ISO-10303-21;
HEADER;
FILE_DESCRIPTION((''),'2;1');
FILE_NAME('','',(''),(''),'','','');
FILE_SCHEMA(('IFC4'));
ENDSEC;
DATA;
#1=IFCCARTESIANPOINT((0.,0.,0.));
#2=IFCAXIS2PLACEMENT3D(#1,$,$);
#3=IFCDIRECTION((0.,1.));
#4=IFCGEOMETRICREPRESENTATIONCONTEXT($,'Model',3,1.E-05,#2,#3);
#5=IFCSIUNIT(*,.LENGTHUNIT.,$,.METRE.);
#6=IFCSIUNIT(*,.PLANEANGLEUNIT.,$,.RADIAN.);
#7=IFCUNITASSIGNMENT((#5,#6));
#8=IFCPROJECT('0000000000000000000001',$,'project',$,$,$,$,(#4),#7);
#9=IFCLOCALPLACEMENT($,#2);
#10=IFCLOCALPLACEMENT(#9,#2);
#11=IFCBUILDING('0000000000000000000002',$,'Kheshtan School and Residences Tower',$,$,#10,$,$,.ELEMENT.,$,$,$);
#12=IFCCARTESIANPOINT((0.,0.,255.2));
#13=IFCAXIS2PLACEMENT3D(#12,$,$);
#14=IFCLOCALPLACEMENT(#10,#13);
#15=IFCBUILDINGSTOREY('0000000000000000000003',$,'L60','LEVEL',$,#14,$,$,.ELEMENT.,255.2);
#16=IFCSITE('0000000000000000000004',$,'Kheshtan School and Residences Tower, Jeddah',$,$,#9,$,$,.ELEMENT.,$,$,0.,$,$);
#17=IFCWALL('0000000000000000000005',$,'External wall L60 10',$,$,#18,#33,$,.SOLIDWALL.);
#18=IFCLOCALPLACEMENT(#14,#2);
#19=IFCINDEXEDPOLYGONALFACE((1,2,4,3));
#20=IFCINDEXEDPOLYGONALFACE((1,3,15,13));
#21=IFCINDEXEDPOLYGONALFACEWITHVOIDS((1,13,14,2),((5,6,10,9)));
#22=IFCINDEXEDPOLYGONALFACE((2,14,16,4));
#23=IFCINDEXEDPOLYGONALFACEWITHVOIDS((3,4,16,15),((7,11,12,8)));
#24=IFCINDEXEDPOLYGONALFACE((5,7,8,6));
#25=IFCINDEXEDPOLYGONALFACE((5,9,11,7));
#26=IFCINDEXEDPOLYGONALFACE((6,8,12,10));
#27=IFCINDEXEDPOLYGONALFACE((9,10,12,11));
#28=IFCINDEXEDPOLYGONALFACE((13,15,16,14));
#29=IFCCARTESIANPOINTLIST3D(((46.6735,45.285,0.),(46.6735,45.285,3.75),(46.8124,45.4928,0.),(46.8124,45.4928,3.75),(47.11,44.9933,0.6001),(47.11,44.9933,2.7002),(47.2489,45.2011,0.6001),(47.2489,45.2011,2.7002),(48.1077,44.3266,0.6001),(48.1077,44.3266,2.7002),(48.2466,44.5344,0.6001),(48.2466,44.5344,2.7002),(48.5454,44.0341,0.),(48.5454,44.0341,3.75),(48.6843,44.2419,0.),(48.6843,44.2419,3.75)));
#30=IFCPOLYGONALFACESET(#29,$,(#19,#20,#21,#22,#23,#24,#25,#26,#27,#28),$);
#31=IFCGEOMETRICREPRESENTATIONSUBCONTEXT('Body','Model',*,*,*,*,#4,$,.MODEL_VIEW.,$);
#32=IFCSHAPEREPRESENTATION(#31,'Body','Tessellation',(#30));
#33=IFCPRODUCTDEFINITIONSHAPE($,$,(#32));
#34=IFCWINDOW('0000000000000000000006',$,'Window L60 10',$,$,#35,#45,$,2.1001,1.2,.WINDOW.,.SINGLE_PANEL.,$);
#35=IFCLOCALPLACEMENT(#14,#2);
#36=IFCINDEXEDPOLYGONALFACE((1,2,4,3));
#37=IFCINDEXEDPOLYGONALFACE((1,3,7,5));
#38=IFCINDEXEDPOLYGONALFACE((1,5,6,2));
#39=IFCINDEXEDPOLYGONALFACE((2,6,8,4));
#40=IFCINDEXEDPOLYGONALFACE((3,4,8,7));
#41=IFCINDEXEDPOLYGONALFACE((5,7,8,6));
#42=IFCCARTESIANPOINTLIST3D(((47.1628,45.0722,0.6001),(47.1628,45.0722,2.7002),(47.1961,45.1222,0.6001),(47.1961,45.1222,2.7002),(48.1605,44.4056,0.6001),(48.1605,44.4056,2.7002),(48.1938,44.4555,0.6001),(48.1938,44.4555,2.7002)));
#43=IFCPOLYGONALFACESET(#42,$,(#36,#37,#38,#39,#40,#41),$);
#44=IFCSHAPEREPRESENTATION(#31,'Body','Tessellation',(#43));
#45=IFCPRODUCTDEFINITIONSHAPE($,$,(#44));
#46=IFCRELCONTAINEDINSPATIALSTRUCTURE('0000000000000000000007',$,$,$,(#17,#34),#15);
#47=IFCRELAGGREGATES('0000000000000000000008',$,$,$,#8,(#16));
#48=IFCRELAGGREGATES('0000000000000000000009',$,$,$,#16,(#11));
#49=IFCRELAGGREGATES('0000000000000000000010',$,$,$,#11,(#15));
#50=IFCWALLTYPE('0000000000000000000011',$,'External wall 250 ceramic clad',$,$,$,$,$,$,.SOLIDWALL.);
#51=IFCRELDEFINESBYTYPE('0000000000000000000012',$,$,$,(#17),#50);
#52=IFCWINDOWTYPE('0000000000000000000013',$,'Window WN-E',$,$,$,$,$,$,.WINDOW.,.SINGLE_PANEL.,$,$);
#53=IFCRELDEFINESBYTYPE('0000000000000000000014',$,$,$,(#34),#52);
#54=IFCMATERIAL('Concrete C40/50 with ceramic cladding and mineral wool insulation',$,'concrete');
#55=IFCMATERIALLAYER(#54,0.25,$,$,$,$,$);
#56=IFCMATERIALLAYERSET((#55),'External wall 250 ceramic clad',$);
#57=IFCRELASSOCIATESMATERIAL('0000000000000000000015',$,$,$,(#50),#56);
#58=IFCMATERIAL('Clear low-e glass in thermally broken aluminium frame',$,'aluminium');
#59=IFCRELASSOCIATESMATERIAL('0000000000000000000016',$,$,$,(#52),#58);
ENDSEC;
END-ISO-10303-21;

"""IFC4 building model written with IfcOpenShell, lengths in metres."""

from ifc_helpers import new_model, si_unit, direction, frame, frame_2d, origin, place, context, subcontext, project, spatial, rectangle, extrude, source, transform, mapped, material, layer, layer_set, type_object, element, fill, save


model = new_model("IFC4")

# Units and contexts
model_context = context("Model", 3, precision=1e-05, world=origin(), true_north=direction((0.0, 1.0)))
body_context = subcontext(model_context, "Body", "Model", "MODEL_VIEW")
ifc_project = project(units=[si_unit("LENGTHUNIT", "METRE"), si_unit("PLANEANGLEUNIT", "RADIAN")], contexts=[model_context])

# Site, building, storey
site_placement = place(None, origin())
site = spatial("IfcSite", under=ifc_project, at=site_placement, Name="Kheshtan School and Residences Tower, Jeddah", CompositionType="ELEMENT", RefElevation=0.0)
building_placement = place(site_placement, origin())
building = spatial("IfcBuilding", under=site, at=building_placement, Name="Kheshtan School and Residences Tower", CompositionType="ELEMENT")
storey_placement = place(building_placement, frame((0.0, 0.0, 255.2)))
storey = spatial("IfcBuildingStorey", under=building, at=storey_placement, Name="L60", Description="LEVEL", CompositionType="ELEMENT", Elevation=255.2)

# Shared definitions
ifc_material_1 = material(Name="Clear low-e glass in thermally broken aluminium frame", Category="aluminium")

# Wall, opening, window
ifc_material_2 = material(Name="Concrete C40/50 with ceramic cladding and mineral wool insulation", Category="concrete")
ifc_layer_1 = layer(ifc_material_2, 0.25)
ifc_layer_set_1 = layer_set([ifc_layer_1], Name="External wall 250 ceramic clad")
wall_type_1 = type_object("IfcWallType", Name="External wall 250 ceramic clad", PredefinedType="SOLIDWALL", material=ifc_layer_set_1)
window_type = type_object("IfcWindowType", Name="Window WN-E", PartitioningType="SINGLE_PANEL", PredefinedType="WINDOW", material=ifc_material_1)
shared_shape_1 = source(origin(), body_context, "Body", "SweptSolid", [
    extrude(rectangle(XDim=1.2, YDim=2.1001, at=frame_2d((0.6001, 1.05))), frame((0.0, 0.03, 0.0), z_axis=(0.0, -1.0, 0.0), x_axis=(1.0, 0.0, 0.0)), (0.0, 0.0, 1.0), 0.0601),
])
wall_1_placement = place(storey_placement, frame((46.7429, 45.3889, 0.0), z_axis=(0.0, 0.0, 1.0), x_axis=(0.831449, -0.555601, 0.0)))
wall_1 = element("IfcWall", 1, at=wall_1_placement, inside=storey, type_object=wall_type_1, Name="External wall L60 10", PredefinedType="SOLIDWALL", context=body_context, shape_type="SweptSolid", body=[
    extrude(rectangle(XDim=2.2515, YDim=0.25, at=frame_2d((1.1257, 0.0))), origin(), (0.0, 0.0, 1.0), 3.75),
])
opening_1_placement = place(wall_1_placement, frame((0.5249, 0.0, 0.6001)))
opening_1 = element("IfcOpeningElement", 2, at=opening_1_placement, cuts=wall_1, PredefinedType="OPENING", context=body_context, shape_type="SweptSolid", body=[
    extrude(rectangle(XDim=1.2, YDim=2.1001, at=frame_2d((0.6001, 1.05))), frame((0.0, 0.135, 0.0), z_axis=(0.0, -1.0, 0.0), x_axis=(1.0, 0.0, 0.0)), (0.0, 0.0, 1.0), 0.27),
])
window_1_placement = place(opening_1_placement, origin())
window_1 = element("IfcWindow", 3, at=window_1_placement, inside=storey, type_object=window_type, Name="Window L60 10", OverallHeight=2.1001, OverallWidth=1.2, PartitioningType="SINGLE_PANEL", PredefinedType="WINDOW", context=body_context, shape_type="MappedRepresentation", body=[
    mapped(shared_shape_1, transform((0.0, 0.0, 0.0), x_axis=(1.0, 0.0, 0.0), y_axis=(0.0, 1.0, 0.0), z_axis=(0.0, 0.0, 1.0), scale=1.0)),
])
fill(opening_1, window_1)

save(model, "model.ifc")
